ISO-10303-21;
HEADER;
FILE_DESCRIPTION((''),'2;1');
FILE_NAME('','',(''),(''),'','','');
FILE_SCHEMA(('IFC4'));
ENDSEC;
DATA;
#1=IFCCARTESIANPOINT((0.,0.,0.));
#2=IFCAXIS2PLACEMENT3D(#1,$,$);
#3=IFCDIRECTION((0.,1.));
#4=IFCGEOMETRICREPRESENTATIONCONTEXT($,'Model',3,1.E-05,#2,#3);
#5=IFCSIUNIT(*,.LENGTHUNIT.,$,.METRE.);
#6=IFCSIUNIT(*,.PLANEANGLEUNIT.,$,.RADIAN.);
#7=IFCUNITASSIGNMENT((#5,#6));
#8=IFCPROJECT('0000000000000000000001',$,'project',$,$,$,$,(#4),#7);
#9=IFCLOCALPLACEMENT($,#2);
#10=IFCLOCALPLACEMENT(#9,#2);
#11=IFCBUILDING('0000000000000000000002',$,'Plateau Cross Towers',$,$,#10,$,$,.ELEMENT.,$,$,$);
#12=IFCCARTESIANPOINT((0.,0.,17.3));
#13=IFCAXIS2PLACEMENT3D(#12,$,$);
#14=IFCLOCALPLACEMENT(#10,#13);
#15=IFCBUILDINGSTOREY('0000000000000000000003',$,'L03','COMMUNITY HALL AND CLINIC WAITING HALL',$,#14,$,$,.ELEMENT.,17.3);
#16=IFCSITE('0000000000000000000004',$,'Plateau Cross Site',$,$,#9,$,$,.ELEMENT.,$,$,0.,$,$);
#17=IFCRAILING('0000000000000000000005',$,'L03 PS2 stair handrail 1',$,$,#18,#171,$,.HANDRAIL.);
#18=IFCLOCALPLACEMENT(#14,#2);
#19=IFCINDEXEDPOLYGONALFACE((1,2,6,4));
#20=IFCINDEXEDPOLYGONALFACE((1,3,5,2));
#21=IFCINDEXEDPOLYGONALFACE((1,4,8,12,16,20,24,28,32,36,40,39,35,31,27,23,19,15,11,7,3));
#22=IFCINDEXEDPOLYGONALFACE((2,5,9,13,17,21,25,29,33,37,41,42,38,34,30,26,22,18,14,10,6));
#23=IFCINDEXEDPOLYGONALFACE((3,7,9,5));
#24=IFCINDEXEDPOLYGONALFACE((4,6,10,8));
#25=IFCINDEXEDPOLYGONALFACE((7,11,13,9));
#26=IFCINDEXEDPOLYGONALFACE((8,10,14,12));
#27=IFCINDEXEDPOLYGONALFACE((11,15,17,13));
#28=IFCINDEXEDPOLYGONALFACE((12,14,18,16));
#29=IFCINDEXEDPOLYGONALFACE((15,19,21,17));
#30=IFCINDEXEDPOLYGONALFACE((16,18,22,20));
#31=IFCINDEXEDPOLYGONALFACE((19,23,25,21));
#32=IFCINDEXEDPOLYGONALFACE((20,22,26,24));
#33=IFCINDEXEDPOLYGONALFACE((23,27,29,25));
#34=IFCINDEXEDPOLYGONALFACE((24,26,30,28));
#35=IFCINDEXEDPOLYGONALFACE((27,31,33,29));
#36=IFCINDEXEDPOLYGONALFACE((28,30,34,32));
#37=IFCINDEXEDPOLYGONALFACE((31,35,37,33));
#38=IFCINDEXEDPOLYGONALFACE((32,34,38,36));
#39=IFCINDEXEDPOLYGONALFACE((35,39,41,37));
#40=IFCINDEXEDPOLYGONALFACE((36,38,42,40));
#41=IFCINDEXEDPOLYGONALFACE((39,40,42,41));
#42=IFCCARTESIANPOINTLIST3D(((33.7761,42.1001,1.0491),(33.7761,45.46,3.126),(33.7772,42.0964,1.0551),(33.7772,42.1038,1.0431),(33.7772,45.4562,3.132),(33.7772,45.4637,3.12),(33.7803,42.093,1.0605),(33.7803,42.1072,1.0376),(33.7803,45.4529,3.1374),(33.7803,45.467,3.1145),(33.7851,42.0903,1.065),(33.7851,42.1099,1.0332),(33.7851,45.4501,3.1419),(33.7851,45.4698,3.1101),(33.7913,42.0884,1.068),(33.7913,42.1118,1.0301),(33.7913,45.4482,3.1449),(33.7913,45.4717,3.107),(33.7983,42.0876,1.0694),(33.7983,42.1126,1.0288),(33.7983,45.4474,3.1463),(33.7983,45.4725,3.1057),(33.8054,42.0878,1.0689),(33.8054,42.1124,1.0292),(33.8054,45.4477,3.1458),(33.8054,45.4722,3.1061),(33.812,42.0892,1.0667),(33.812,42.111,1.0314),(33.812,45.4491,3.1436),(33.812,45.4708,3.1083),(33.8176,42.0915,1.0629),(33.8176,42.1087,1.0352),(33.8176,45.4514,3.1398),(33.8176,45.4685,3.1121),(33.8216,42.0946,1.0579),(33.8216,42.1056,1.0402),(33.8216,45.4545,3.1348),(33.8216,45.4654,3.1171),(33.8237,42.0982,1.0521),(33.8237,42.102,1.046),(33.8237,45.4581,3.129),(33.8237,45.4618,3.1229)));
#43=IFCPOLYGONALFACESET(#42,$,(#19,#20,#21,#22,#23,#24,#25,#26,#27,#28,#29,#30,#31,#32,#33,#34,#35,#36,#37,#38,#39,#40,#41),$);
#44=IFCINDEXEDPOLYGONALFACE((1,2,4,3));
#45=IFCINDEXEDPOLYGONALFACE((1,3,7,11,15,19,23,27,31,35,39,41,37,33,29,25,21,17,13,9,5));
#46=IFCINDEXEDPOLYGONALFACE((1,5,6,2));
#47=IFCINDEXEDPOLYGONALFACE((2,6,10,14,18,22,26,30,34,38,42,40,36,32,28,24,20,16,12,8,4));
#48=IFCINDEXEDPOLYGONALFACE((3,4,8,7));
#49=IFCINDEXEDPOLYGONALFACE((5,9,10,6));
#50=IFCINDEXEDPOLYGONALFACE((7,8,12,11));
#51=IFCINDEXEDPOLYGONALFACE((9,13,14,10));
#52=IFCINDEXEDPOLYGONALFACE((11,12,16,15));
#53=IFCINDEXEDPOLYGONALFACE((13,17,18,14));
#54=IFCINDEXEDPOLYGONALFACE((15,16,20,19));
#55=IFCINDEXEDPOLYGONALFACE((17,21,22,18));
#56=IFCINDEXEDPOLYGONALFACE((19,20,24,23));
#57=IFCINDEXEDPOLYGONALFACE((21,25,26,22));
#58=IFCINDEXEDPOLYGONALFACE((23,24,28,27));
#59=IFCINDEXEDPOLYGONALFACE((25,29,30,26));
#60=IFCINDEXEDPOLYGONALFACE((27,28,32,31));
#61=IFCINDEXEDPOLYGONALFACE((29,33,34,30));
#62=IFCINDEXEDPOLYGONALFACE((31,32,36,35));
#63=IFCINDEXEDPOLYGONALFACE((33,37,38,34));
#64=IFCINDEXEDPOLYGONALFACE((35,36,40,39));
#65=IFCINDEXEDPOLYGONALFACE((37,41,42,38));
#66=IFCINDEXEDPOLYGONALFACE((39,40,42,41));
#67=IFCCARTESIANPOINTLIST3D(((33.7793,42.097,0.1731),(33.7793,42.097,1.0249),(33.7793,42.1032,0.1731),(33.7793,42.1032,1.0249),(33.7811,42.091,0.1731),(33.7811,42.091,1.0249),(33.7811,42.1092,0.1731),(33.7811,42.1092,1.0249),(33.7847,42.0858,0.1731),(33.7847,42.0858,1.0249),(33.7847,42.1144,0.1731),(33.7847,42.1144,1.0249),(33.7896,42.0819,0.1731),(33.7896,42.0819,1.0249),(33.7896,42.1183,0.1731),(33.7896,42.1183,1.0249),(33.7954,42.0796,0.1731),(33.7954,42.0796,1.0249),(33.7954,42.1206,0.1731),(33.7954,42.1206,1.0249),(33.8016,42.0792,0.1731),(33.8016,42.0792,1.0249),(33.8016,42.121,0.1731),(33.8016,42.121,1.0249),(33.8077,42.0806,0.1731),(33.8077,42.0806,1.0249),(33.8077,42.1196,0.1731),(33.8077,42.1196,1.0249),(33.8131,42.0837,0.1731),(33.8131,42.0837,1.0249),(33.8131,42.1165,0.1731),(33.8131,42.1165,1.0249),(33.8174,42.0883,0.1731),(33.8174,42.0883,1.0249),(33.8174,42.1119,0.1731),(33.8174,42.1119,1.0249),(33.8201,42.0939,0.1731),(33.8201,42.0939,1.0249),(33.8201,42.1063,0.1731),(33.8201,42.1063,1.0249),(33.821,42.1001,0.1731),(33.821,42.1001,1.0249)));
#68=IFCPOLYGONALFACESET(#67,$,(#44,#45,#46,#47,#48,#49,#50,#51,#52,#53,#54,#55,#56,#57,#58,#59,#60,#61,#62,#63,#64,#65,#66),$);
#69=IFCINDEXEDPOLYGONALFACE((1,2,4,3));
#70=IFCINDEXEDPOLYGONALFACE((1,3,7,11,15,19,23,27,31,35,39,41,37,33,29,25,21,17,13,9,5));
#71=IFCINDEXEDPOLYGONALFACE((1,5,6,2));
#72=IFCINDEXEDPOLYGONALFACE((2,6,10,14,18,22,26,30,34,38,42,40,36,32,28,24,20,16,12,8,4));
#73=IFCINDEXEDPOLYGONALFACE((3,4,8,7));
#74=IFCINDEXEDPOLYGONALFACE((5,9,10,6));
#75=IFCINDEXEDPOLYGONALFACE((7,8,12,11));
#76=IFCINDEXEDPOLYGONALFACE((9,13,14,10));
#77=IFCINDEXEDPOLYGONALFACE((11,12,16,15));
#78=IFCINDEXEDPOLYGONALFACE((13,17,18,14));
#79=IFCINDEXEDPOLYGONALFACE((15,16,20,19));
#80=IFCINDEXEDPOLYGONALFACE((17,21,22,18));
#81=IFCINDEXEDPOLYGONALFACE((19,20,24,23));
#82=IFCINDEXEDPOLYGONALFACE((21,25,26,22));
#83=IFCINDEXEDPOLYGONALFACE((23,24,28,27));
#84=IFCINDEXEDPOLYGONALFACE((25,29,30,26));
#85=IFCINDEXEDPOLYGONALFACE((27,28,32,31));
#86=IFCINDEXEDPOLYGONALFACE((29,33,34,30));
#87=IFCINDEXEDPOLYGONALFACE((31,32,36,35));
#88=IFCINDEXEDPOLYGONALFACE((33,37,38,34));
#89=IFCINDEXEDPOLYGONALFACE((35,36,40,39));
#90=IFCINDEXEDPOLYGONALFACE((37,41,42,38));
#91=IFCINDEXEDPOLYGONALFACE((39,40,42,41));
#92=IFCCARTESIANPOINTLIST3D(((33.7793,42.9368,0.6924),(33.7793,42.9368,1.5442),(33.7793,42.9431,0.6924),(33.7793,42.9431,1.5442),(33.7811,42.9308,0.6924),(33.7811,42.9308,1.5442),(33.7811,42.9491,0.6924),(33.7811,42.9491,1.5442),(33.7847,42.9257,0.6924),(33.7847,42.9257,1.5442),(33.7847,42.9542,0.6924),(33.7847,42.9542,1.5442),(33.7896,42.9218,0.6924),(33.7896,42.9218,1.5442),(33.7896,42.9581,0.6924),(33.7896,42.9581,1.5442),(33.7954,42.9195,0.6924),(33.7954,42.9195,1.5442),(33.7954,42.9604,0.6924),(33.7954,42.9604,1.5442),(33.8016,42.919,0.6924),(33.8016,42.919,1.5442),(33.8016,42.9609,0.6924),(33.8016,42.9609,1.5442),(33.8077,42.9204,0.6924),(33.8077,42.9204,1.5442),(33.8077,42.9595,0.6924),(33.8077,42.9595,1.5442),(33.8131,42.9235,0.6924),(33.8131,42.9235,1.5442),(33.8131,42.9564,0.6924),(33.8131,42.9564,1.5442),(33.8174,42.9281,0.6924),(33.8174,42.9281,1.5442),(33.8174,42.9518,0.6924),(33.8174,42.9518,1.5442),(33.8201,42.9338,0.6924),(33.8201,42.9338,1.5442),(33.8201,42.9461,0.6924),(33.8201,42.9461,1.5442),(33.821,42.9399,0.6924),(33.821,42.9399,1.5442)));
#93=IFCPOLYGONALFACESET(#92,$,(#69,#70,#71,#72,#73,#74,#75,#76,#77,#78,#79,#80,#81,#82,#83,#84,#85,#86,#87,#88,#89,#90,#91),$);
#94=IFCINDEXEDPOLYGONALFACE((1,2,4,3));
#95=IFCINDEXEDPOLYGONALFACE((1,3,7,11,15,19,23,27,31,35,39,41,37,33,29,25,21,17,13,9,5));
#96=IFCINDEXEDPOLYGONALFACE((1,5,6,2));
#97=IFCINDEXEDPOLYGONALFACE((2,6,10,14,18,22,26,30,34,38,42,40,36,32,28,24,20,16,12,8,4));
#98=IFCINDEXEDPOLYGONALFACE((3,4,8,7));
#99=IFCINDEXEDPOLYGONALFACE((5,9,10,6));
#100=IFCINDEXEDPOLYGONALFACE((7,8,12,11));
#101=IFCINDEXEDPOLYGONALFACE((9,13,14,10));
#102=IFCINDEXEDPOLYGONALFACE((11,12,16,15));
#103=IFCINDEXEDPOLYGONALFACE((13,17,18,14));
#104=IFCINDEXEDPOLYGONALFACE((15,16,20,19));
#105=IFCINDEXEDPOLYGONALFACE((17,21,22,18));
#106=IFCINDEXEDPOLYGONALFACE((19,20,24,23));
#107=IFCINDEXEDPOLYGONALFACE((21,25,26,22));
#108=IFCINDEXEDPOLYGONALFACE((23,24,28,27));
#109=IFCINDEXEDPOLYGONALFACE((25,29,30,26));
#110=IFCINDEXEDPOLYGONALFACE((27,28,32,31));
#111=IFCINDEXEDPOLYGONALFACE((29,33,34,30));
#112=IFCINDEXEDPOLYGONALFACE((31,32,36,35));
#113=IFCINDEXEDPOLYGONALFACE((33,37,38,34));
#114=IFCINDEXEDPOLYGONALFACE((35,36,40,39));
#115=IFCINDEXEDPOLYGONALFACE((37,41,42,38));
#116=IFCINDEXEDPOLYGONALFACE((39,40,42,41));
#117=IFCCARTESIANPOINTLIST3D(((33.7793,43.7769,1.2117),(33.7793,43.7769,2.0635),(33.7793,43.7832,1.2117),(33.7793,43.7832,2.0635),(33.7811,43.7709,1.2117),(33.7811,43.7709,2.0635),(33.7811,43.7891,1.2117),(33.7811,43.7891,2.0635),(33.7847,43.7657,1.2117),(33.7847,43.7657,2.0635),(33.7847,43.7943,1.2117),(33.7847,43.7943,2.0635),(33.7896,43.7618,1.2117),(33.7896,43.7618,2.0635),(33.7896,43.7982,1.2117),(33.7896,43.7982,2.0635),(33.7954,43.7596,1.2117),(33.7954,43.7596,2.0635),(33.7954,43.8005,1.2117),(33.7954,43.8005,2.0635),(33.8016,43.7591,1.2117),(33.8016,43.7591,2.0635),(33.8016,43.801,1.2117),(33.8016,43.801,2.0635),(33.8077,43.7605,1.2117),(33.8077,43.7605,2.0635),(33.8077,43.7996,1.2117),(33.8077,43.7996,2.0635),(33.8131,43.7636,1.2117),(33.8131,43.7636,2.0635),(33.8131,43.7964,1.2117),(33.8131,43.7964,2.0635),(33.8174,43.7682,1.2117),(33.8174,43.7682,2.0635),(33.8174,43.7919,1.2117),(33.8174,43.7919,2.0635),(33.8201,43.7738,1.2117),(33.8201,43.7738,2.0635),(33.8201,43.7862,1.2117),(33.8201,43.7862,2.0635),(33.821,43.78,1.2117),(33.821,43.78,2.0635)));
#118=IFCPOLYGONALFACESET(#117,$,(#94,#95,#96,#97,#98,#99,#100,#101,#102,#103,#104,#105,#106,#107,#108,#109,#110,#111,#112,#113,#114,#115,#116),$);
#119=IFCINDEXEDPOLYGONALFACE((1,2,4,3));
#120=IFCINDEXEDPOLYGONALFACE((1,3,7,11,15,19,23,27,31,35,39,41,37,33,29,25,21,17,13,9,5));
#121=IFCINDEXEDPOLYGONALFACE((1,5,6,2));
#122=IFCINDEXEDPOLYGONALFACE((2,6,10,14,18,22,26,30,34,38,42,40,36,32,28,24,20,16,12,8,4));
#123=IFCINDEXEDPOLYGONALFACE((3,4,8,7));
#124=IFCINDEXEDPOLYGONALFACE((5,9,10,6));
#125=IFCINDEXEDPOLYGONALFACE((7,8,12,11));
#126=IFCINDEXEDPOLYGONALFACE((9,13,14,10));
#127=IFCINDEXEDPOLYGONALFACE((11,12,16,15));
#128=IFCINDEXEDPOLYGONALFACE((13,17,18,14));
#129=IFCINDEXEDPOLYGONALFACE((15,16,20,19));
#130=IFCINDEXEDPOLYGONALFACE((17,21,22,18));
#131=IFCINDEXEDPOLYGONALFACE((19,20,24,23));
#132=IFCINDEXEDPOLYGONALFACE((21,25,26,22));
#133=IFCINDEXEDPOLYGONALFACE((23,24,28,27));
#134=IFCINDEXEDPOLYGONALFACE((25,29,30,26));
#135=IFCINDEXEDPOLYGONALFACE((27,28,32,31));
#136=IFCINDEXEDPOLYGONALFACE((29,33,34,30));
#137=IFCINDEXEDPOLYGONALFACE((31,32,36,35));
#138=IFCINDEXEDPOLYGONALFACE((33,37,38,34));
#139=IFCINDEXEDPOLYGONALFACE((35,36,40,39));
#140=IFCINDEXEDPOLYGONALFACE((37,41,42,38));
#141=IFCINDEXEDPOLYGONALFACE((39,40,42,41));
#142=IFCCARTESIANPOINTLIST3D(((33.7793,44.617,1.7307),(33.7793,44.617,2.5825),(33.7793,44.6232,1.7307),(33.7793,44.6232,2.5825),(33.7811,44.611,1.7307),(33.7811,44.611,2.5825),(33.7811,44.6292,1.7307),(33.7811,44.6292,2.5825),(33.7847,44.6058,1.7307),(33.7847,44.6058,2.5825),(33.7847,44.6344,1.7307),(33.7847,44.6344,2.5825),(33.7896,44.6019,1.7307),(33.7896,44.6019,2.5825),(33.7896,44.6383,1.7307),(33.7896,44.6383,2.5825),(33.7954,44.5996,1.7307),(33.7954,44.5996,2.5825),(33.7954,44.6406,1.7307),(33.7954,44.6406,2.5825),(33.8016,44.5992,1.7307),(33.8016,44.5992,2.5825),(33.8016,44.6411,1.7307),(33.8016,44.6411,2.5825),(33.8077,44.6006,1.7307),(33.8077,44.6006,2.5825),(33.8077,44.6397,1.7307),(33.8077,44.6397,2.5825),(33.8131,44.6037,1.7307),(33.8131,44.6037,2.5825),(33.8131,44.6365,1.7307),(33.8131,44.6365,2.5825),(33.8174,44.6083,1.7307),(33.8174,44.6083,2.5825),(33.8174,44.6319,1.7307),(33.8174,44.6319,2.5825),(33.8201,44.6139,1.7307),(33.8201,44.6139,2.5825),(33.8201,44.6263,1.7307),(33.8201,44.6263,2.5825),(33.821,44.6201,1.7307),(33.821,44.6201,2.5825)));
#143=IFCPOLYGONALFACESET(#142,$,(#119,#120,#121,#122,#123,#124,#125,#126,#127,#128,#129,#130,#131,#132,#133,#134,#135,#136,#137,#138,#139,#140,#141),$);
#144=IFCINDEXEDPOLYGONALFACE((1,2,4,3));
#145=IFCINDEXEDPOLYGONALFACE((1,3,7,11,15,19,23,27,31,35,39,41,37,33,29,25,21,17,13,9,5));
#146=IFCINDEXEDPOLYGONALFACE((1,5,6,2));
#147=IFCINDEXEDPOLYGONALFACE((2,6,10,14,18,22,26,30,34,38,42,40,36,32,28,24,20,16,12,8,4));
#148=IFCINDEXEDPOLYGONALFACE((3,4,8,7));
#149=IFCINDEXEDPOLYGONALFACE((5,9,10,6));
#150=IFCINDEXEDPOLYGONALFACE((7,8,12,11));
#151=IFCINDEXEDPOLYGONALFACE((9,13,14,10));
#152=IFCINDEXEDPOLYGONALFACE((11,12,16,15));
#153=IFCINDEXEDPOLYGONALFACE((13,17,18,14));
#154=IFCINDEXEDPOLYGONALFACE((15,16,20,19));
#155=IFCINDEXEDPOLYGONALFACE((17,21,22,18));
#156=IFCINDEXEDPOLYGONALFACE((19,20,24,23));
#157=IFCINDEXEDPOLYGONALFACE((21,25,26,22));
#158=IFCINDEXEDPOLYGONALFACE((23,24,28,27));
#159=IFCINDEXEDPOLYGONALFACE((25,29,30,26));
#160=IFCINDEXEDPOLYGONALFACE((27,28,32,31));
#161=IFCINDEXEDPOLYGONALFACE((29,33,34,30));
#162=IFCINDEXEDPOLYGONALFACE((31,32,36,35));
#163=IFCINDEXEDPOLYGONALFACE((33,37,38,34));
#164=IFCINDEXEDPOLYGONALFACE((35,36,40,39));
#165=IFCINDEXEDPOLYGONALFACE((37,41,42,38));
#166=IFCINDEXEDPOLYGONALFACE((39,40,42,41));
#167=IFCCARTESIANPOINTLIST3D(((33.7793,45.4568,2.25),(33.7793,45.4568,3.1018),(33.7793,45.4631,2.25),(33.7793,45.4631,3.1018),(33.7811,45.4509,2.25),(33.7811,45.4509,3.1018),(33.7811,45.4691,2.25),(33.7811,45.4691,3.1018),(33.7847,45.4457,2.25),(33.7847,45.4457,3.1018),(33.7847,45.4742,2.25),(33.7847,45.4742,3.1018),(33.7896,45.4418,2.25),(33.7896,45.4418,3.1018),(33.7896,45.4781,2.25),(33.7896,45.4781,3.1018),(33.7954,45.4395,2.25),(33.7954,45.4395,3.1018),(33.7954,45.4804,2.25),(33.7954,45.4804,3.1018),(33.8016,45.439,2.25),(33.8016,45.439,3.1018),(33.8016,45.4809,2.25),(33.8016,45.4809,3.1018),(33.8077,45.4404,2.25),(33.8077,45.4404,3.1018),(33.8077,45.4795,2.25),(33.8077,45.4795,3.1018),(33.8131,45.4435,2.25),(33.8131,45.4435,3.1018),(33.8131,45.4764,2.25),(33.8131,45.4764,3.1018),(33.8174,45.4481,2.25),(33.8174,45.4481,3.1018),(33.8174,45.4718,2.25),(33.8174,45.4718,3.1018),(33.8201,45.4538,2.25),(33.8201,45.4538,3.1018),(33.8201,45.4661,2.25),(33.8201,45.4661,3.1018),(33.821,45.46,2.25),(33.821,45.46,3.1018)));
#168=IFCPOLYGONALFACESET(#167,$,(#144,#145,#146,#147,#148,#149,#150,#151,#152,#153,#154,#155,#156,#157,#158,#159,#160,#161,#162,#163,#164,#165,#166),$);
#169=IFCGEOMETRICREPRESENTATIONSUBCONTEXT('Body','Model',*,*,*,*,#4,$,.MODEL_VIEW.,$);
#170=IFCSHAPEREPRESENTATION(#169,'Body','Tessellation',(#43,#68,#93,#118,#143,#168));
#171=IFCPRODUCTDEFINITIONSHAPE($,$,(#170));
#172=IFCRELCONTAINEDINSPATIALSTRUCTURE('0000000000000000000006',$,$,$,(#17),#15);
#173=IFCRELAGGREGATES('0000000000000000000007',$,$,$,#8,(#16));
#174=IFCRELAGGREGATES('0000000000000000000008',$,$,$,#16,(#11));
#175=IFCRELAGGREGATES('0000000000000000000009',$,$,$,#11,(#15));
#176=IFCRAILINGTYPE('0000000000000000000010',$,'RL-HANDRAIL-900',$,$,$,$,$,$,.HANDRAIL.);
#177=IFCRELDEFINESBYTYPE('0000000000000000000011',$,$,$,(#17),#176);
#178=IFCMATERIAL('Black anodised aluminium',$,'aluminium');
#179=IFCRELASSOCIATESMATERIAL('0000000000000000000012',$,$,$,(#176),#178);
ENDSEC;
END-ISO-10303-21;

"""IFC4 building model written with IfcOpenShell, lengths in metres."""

from ifc_helpers import new_model, si_unit, direction, frame, origin, origin_2d, place, context, subcontext, project, spatial, circle, extrude, material, type_object, element, save


model = new_model("IFC4")

# Units and contexts
model_context = context("Model", 3, precision=1e-05, world=origin(), true_north=direction((0.0, 1.0)))
body_context = subcontext(model_context, "Body", "Model", "MODEL_VIEW")
ifc_project = project(units=[si_unit("LENGTHUNIT", "METRE"), si_unit("PLANEANGLEUNIT", "RADIAN")], contexts=[model_context])

# Site, building, storey
site_placement = place(None, origin())
site = spatial("IfcSite", under=ifc_project, at=site_placement, Name="Plateau Cross Site", CompositionType="ELEMENT", RefElevation=0.0)
building_placement = place(site_placement, origin())
building = spatial("IfcBuilding", under=site, at=building_placement, Name="Plateau Cross Towers", CompositionType="ELEMENT")
storey_placement = place(building_placement, frame((0.0, 0.0, 17.3)))
storey = spatial("IfcBuildingStorey", under=building, at=storey_placement, Name="L03", Description="COMMUNITY HALL AND CLINIC WAITING HALL", CompositionType="ELEMENT", Elevation=17.3)

# Shared definitions
ifc_material_1 = material(Name="Black anodised aluminium", Category="aluminium")

# Railing
railing_type_1 = type_object("IfcRailingType", Name="RL-HANDRAIL-900", PredefinedType="HANDRAIL", material=ifc_material_1)
railing_1_placement = place(storey_placement, frame((33.8, 42.1001, 0.1731)))
element("IfcRailing", 1, at=railing_1_placement, inside=storey, type_object=railing_type_1, Name="L03 PS2 stair handrail 1", PredefinedType="HANDRAIL", context=body_context, shape_type="SweptSolid", body=[
    extrude(circle(Radius=0.0239, at=origin_2d()), frame((0.0, 0.0, 0.876), z_axis=(0.0, 0.850606, 0.525803), x_axis=(-1.0, 0.0, 0.0)), (0.0, 0.0, 1.0), 3.95),
    extrude(circle(Radius=0.021, at=origin_2d()), origin(), (0.0, 0.0, 1.0), 0.8518),
    extrude(circle(Radius=0.021, at=origin_2d()), frame((0.0, 0.8398, 0.5193)), (0.0, 0.0, 1.0), 0.8518),
    extrude(circle(Radius=0.021, at=origin_2d()), frame((0.0, 1.6799, 1.0386)), (0.0, 0.0, 1.0), 0.8518),
    extrude(circle(Radius=0.021, at=origin_2d()), frame((0.0, 2.52, 1.5576)), (0.0, 0.0, 1.0), 0.8518),
    extrude(circle(Radius=0.021, at=origin_2d()), frame((0.0, 3.3599, 2.0769)), (0.0, 0.0, 1.0), 0.8518),
])

save(model, "model.ifc")
